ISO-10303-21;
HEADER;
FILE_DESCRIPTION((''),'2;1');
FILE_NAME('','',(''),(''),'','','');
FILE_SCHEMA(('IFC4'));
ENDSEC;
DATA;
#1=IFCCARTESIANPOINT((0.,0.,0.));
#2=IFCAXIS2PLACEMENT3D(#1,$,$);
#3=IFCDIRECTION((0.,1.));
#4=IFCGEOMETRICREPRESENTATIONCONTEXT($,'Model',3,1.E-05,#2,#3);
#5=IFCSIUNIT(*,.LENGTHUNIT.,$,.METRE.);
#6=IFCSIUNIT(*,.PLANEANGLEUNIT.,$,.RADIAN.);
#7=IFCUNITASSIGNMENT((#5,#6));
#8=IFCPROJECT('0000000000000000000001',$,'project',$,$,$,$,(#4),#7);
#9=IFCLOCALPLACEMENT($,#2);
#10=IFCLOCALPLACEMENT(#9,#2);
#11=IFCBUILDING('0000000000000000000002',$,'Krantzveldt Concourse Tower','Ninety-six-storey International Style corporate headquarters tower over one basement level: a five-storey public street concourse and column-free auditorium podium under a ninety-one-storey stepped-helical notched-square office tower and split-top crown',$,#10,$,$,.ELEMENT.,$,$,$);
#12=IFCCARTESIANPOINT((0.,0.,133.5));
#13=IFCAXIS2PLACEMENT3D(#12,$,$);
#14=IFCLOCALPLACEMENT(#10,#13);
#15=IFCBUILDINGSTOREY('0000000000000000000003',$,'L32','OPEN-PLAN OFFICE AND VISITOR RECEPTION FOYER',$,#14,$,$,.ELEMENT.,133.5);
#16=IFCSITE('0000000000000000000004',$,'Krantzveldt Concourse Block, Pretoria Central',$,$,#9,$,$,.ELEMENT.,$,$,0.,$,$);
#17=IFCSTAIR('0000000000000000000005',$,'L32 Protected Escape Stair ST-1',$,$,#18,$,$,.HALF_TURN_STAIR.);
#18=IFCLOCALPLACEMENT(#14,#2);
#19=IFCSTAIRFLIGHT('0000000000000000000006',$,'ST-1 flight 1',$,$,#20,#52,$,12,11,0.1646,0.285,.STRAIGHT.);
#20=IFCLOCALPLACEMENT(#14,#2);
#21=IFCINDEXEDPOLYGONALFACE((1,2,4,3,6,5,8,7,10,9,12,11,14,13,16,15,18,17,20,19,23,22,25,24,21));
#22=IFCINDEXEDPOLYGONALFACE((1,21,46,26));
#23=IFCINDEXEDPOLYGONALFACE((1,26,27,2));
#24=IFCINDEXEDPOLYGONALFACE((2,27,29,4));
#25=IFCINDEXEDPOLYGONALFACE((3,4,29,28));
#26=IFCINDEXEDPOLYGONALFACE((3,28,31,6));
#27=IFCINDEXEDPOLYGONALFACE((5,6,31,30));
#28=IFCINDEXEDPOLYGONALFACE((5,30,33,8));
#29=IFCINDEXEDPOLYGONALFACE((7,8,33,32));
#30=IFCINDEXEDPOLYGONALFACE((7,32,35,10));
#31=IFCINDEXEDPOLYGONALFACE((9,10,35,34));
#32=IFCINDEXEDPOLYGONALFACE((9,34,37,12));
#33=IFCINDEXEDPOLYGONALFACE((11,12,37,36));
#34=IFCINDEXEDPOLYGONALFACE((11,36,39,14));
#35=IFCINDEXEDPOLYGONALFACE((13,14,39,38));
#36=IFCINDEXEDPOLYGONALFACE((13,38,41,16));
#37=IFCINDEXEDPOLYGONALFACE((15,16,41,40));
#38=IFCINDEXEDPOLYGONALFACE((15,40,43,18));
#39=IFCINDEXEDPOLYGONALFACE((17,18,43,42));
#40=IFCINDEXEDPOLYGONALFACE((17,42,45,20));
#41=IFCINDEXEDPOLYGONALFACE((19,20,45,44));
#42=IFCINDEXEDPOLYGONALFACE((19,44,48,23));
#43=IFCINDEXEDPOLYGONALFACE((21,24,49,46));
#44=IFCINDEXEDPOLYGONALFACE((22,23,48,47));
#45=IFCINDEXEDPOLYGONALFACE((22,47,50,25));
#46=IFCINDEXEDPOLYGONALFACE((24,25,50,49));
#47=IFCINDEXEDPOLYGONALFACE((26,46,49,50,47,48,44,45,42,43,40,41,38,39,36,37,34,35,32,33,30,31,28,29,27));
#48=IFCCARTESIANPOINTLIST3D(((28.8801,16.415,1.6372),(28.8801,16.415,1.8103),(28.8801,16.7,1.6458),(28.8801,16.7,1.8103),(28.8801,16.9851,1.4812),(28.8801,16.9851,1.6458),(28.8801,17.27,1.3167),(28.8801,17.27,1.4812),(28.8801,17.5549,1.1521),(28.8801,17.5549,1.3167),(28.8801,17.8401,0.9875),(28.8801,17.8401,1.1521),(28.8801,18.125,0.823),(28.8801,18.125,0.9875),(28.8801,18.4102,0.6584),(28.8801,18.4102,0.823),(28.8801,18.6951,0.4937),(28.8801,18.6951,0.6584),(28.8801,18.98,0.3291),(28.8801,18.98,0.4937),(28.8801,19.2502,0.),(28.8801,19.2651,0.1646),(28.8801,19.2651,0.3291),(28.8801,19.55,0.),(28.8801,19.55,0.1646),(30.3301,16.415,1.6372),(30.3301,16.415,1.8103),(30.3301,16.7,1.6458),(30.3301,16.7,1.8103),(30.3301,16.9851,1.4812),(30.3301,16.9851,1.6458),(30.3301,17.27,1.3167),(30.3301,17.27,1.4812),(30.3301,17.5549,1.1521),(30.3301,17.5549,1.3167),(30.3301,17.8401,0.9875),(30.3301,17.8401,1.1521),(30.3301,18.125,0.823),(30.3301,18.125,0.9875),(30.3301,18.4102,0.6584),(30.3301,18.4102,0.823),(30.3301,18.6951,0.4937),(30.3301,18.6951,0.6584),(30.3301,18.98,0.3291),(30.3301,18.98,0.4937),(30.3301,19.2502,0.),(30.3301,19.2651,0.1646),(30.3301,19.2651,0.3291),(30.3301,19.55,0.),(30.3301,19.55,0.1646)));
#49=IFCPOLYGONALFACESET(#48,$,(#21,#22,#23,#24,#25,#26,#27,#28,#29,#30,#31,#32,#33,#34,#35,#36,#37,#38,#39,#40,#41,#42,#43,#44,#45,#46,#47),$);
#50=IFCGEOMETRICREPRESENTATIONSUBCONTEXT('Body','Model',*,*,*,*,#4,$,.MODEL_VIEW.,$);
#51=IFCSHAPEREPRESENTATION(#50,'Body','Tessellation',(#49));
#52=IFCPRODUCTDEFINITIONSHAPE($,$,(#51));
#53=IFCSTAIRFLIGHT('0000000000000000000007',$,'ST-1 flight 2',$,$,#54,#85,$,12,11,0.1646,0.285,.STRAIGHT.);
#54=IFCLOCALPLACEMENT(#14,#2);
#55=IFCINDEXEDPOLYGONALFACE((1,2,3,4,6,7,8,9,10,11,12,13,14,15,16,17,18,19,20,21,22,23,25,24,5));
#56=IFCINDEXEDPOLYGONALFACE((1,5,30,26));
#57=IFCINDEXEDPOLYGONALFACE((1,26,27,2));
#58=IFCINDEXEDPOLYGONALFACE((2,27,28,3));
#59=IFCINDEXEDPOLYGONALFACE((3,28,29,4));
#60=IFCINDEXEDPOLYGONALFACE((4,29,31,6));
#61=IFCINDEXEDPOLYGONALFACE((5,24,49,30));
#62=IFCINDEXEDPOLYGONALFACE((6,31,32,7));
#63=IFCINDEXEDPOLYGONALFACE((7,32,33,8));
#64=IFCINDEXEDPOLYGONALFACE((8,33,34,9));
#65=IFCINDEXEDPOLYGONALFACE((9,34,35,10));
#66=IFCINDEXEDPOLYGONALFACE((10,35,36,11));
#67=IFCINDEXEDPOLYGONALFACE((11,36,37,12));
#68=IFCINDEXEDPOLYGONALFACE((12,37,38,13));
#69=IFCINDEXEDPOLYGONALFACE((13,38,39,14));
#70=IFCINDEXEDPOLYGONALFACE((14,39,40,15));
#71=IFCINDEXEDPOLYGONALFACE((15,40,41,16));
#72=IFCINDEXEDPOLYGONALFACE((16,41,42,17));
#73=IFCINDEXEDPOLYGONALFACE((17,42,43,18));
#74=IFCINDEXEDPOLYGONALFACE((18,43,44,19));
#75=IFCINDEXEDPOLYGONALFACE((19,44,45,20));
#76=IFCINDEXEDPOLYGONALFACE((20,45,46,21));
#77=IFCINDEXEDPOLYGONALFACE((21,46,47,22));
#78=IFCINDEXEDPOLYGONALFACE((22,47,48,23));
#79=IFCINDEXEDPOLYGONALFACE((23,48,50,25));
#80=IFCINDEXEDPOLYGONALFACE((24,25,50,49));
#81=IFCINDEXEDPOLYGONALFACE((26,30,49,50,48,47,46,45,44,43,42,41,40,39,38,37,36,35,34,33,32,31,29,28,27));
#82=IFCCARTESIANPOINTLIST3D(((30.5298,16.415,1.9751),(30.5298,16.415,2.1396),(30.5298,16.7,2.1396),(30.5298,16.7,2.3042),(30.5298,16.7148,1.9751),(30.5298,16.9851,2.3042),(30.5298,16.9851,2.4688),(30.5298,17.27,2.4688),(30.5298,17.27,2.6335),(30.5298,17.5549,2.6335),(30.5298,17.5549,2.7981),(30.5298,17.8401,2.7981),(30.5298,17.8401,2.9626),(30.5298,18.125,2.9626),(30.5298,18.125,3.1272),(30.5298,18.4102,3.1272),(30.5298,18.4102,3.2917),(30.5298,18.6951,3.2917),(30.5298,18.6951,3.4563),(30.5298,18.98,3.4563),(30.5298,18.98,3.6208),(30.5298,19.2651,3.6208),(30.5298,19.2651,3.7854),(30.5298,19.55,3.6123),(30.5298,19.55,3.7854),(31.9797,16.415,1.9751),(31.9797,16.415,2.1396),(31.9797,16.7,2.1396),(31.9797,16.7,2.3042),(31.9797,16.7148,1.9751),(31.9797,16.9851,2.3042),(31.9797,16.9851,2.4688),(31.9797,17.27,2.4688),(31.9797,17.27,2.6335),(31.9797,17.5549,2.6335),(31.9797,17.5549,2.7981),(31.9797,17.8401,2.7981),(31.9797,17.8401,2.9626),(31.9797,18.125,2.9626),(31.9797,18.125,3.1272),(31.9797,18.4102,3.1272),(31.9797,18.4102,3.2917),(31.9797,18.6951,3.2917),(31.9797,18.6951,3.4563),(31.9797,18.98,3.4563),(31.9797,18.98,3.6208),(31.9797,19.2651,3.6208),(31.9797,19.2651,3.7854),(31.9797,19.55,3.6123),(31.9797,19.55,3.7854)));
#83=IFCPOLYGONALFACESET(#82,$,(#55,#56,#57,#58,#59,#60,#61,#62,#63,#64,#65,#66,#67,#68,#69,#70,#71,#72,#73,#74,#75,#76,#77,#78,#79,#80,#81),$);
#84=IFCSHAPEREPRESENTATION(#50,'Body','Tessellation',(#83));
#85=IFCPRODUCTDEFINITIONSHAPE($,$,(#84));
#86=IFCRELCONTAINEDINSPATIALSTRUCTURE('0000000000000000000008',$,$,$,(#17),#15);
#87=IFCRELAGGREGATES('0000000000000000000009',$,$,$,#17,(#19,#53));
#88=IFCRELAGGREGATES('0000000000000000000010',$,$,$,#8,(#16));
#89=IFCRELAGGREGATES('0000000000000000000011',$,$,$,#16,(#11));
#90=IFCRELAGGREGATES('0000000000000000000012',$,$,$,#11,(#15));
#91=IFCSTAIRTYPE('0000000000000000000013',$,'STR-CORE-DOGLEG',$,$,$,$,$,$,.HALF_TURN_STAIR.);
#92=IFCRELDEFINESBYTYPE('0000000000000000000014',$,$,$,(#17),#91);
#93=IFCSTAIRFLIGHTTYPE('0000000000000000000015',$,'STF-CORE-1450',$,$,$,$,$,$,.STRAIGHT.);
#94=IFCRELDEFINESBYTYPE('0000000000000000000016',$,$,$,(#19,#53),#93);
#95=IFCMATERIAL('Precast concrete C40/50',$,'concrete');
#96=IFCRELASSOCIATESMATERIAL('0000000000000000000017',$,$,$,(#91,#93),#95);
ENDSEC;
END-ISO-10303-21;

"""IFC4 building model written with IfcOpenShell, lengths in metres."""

from ifc_helpers import new_model, si_unit, direction, frame, origin, place, context, subcontext, project, spatial, polyline, outline, extrude, material, type_object, element, aggregate, save


model = new_model("IFC4")

# Units and contexts
model_context = context("Model", 3, precision=1e-05, world=origin(), true_north=direction((0.0, 1.0)))
body_context = subcontext(model_context, "Body", "Model", "MODEL_VIEW")
ifc_project = project(units=[si_unit("LENGTHUNIT", "METRE"), si_unit("PLANEANGLEUNIT", "RADIAN")], contexts=[model_context])

# Site, building, storey
site_placement = place(None, origin())
site = spatial("IfcSite", under=ifc_project, at=site_placement, Name="Krantzveldt Concourse Block, Pretoria Central", CompositionType="ELEMENT", RefElevation=0.0)
building_placement = place(site_placement, origin())
building = spatial("IfcBuilding", under=site, at=building_placement, Name="Krantzveldt Concourse Tower", Description="Ninety-six-storey International Style corporate headquarters tower over one basement level: a five-storey public street concourse and column-free auditorium podium under a ninety-one-storey stepped-helical notched-square office tower and split-top crown", CompositionType="ELEMENT")
storey_placement = place(building_placement, frame((0.0, 0.0, 133.5)))
storey = spatial("IfcBuildingStorey", under=building, at=storey_placement, Name="L32", Description="OPEN-PLAN OFFICE AND VISITOR RECEPTION FOYER", CompositionType="ELEMENT", Elevation=133.5)

# Stair, stair flights
ifc_material_1 = material(Name="Precast concrete C40/50", Category="concrete")
stair_type = type_object("IfcStairType", Name="STR-CORE-DOGLEG", PredefinedType="HALF_TURN_STAIR", material=ifc_material_1)
stair_placement = place(storey_placement, origin())
stair = element("IfcStair", 1, at=stair_placement, inside=storey, type_object=stair_type, Name="L32 Protected Escape Stair ST-1", PredefinedType="HALF_TURN_STAIR")
stair_flight_type = type_object("IfcStairFlightType", Name="STF-CORE-1450", PredefinedType="STRAIGHT", material=ifc_material_1)
stair_flight_1_placement = place(storey_placement, frame((29.605, 19.55, 0.0), z_axis=(0.0, 0.0, 1.0), x_axis=(0.0, -1.0, 0.0)))
stair_flight_1 = element("IfcStairFlight", 2, at=stair_flight_1_placement, type_object=stair_flight_type, Name="ST-1 flight 1", NumberOfRisers=12, NumberOfTreads=11, PredefinedType="STRAIGHT", RiserHeight=0.1646, TreadLength=0.285, context=body_context, shape_type="SweptSolid", body=[
    extrude(outline(polyline([(0.0, 0.0), (0.0, 0.1646), (0.2849, 0.1646), (0.2849, 0.3291), (0.5701, 0.3291), (0.5701, 0.4937), (0.855, 0.4937), (0.855, 0.6584), (1.1399, 0.6584), (1.1399, 0.823), (1.425, 0.823), (1.425, 0.9875), (1.71, 0.9875), (1.71, 1.1521), (1.9951, 1.1521), (1.9951, 1.3167), (2.28, 1.3167), (2.28, 1.4812), (2.5649, 1.4812), (2.5649, 1.6458), (2.8501, 1.6458), (2.8501, 1.8103), (3.135, 1.8103), (3.135, 1.9751), (3.135, 1.6372), (0.2998, 0.0), (0.0, 0.0)])), frame((0.0, 0.7251, 0.0), z_axis=(0.0, -1.0, 0.0), x_axis=(1.0, 0.0, 0.0)), (0.0, 0.0, 1.0), 1.45),
])
stair_flight_2_placement = place(storey_placement, frame((31.2549, 16.415, 1.9751), z_axis=(0.0, 0.0, 1.0), x_axis=(0.0, 1.0, 0.0)))
stair_flight_2 = element("IfcStairFlight", 3, at=stair_flight_2_placement, type_object=stair_flight_type, Name="ST-1 flight 2", NumberOfRisers=12, NumberOfTreads=11, PredefinedType="STRAIGHT", RiserHeight=0.1646, TreadLength=0.285, context=body_context, shape_type="SweptSolid", body=[
    extrude(outline(polyline([(0.0, 0.0), (0.0, 0.1646), (0.2849, 0.1646), (0.2849, 0.3291), (0.5701, 0.3291), (0.5701, 0.4937), (0.855, 0.4937), (0.855, 0.6584), (1.1399, 0.6584), (1.1399, 0.823), (1.425, 0.823), (1.425, 0.9875), (1.71, 0.9875), (1.71, 1.1521), (1.9951, 1.1521), (1.9951, 1.3167), (2.28, 1.3167), (2.28, 1.4812), (2.5649, 1.4812), (2.5649, 1.6458), (2.8501, 1.6458), (2.8501, 1.8103), (3.135, 1.8103), (3.135, 1.9751), (3.135, 1.6372), (0.2998, 0.0), (0.0, 0.0)])), frame((0.0, 0.7251, 0.0), z_axis=(0.0, -1.0, 0.0), x_axis=(1.0, 0.0, 0.0)), (0.0, 0.0, 1.0), 1.45),
])
aggregate(stair, [stair_flight_1, stair_flight_2])

save(model, "model.ifc")
